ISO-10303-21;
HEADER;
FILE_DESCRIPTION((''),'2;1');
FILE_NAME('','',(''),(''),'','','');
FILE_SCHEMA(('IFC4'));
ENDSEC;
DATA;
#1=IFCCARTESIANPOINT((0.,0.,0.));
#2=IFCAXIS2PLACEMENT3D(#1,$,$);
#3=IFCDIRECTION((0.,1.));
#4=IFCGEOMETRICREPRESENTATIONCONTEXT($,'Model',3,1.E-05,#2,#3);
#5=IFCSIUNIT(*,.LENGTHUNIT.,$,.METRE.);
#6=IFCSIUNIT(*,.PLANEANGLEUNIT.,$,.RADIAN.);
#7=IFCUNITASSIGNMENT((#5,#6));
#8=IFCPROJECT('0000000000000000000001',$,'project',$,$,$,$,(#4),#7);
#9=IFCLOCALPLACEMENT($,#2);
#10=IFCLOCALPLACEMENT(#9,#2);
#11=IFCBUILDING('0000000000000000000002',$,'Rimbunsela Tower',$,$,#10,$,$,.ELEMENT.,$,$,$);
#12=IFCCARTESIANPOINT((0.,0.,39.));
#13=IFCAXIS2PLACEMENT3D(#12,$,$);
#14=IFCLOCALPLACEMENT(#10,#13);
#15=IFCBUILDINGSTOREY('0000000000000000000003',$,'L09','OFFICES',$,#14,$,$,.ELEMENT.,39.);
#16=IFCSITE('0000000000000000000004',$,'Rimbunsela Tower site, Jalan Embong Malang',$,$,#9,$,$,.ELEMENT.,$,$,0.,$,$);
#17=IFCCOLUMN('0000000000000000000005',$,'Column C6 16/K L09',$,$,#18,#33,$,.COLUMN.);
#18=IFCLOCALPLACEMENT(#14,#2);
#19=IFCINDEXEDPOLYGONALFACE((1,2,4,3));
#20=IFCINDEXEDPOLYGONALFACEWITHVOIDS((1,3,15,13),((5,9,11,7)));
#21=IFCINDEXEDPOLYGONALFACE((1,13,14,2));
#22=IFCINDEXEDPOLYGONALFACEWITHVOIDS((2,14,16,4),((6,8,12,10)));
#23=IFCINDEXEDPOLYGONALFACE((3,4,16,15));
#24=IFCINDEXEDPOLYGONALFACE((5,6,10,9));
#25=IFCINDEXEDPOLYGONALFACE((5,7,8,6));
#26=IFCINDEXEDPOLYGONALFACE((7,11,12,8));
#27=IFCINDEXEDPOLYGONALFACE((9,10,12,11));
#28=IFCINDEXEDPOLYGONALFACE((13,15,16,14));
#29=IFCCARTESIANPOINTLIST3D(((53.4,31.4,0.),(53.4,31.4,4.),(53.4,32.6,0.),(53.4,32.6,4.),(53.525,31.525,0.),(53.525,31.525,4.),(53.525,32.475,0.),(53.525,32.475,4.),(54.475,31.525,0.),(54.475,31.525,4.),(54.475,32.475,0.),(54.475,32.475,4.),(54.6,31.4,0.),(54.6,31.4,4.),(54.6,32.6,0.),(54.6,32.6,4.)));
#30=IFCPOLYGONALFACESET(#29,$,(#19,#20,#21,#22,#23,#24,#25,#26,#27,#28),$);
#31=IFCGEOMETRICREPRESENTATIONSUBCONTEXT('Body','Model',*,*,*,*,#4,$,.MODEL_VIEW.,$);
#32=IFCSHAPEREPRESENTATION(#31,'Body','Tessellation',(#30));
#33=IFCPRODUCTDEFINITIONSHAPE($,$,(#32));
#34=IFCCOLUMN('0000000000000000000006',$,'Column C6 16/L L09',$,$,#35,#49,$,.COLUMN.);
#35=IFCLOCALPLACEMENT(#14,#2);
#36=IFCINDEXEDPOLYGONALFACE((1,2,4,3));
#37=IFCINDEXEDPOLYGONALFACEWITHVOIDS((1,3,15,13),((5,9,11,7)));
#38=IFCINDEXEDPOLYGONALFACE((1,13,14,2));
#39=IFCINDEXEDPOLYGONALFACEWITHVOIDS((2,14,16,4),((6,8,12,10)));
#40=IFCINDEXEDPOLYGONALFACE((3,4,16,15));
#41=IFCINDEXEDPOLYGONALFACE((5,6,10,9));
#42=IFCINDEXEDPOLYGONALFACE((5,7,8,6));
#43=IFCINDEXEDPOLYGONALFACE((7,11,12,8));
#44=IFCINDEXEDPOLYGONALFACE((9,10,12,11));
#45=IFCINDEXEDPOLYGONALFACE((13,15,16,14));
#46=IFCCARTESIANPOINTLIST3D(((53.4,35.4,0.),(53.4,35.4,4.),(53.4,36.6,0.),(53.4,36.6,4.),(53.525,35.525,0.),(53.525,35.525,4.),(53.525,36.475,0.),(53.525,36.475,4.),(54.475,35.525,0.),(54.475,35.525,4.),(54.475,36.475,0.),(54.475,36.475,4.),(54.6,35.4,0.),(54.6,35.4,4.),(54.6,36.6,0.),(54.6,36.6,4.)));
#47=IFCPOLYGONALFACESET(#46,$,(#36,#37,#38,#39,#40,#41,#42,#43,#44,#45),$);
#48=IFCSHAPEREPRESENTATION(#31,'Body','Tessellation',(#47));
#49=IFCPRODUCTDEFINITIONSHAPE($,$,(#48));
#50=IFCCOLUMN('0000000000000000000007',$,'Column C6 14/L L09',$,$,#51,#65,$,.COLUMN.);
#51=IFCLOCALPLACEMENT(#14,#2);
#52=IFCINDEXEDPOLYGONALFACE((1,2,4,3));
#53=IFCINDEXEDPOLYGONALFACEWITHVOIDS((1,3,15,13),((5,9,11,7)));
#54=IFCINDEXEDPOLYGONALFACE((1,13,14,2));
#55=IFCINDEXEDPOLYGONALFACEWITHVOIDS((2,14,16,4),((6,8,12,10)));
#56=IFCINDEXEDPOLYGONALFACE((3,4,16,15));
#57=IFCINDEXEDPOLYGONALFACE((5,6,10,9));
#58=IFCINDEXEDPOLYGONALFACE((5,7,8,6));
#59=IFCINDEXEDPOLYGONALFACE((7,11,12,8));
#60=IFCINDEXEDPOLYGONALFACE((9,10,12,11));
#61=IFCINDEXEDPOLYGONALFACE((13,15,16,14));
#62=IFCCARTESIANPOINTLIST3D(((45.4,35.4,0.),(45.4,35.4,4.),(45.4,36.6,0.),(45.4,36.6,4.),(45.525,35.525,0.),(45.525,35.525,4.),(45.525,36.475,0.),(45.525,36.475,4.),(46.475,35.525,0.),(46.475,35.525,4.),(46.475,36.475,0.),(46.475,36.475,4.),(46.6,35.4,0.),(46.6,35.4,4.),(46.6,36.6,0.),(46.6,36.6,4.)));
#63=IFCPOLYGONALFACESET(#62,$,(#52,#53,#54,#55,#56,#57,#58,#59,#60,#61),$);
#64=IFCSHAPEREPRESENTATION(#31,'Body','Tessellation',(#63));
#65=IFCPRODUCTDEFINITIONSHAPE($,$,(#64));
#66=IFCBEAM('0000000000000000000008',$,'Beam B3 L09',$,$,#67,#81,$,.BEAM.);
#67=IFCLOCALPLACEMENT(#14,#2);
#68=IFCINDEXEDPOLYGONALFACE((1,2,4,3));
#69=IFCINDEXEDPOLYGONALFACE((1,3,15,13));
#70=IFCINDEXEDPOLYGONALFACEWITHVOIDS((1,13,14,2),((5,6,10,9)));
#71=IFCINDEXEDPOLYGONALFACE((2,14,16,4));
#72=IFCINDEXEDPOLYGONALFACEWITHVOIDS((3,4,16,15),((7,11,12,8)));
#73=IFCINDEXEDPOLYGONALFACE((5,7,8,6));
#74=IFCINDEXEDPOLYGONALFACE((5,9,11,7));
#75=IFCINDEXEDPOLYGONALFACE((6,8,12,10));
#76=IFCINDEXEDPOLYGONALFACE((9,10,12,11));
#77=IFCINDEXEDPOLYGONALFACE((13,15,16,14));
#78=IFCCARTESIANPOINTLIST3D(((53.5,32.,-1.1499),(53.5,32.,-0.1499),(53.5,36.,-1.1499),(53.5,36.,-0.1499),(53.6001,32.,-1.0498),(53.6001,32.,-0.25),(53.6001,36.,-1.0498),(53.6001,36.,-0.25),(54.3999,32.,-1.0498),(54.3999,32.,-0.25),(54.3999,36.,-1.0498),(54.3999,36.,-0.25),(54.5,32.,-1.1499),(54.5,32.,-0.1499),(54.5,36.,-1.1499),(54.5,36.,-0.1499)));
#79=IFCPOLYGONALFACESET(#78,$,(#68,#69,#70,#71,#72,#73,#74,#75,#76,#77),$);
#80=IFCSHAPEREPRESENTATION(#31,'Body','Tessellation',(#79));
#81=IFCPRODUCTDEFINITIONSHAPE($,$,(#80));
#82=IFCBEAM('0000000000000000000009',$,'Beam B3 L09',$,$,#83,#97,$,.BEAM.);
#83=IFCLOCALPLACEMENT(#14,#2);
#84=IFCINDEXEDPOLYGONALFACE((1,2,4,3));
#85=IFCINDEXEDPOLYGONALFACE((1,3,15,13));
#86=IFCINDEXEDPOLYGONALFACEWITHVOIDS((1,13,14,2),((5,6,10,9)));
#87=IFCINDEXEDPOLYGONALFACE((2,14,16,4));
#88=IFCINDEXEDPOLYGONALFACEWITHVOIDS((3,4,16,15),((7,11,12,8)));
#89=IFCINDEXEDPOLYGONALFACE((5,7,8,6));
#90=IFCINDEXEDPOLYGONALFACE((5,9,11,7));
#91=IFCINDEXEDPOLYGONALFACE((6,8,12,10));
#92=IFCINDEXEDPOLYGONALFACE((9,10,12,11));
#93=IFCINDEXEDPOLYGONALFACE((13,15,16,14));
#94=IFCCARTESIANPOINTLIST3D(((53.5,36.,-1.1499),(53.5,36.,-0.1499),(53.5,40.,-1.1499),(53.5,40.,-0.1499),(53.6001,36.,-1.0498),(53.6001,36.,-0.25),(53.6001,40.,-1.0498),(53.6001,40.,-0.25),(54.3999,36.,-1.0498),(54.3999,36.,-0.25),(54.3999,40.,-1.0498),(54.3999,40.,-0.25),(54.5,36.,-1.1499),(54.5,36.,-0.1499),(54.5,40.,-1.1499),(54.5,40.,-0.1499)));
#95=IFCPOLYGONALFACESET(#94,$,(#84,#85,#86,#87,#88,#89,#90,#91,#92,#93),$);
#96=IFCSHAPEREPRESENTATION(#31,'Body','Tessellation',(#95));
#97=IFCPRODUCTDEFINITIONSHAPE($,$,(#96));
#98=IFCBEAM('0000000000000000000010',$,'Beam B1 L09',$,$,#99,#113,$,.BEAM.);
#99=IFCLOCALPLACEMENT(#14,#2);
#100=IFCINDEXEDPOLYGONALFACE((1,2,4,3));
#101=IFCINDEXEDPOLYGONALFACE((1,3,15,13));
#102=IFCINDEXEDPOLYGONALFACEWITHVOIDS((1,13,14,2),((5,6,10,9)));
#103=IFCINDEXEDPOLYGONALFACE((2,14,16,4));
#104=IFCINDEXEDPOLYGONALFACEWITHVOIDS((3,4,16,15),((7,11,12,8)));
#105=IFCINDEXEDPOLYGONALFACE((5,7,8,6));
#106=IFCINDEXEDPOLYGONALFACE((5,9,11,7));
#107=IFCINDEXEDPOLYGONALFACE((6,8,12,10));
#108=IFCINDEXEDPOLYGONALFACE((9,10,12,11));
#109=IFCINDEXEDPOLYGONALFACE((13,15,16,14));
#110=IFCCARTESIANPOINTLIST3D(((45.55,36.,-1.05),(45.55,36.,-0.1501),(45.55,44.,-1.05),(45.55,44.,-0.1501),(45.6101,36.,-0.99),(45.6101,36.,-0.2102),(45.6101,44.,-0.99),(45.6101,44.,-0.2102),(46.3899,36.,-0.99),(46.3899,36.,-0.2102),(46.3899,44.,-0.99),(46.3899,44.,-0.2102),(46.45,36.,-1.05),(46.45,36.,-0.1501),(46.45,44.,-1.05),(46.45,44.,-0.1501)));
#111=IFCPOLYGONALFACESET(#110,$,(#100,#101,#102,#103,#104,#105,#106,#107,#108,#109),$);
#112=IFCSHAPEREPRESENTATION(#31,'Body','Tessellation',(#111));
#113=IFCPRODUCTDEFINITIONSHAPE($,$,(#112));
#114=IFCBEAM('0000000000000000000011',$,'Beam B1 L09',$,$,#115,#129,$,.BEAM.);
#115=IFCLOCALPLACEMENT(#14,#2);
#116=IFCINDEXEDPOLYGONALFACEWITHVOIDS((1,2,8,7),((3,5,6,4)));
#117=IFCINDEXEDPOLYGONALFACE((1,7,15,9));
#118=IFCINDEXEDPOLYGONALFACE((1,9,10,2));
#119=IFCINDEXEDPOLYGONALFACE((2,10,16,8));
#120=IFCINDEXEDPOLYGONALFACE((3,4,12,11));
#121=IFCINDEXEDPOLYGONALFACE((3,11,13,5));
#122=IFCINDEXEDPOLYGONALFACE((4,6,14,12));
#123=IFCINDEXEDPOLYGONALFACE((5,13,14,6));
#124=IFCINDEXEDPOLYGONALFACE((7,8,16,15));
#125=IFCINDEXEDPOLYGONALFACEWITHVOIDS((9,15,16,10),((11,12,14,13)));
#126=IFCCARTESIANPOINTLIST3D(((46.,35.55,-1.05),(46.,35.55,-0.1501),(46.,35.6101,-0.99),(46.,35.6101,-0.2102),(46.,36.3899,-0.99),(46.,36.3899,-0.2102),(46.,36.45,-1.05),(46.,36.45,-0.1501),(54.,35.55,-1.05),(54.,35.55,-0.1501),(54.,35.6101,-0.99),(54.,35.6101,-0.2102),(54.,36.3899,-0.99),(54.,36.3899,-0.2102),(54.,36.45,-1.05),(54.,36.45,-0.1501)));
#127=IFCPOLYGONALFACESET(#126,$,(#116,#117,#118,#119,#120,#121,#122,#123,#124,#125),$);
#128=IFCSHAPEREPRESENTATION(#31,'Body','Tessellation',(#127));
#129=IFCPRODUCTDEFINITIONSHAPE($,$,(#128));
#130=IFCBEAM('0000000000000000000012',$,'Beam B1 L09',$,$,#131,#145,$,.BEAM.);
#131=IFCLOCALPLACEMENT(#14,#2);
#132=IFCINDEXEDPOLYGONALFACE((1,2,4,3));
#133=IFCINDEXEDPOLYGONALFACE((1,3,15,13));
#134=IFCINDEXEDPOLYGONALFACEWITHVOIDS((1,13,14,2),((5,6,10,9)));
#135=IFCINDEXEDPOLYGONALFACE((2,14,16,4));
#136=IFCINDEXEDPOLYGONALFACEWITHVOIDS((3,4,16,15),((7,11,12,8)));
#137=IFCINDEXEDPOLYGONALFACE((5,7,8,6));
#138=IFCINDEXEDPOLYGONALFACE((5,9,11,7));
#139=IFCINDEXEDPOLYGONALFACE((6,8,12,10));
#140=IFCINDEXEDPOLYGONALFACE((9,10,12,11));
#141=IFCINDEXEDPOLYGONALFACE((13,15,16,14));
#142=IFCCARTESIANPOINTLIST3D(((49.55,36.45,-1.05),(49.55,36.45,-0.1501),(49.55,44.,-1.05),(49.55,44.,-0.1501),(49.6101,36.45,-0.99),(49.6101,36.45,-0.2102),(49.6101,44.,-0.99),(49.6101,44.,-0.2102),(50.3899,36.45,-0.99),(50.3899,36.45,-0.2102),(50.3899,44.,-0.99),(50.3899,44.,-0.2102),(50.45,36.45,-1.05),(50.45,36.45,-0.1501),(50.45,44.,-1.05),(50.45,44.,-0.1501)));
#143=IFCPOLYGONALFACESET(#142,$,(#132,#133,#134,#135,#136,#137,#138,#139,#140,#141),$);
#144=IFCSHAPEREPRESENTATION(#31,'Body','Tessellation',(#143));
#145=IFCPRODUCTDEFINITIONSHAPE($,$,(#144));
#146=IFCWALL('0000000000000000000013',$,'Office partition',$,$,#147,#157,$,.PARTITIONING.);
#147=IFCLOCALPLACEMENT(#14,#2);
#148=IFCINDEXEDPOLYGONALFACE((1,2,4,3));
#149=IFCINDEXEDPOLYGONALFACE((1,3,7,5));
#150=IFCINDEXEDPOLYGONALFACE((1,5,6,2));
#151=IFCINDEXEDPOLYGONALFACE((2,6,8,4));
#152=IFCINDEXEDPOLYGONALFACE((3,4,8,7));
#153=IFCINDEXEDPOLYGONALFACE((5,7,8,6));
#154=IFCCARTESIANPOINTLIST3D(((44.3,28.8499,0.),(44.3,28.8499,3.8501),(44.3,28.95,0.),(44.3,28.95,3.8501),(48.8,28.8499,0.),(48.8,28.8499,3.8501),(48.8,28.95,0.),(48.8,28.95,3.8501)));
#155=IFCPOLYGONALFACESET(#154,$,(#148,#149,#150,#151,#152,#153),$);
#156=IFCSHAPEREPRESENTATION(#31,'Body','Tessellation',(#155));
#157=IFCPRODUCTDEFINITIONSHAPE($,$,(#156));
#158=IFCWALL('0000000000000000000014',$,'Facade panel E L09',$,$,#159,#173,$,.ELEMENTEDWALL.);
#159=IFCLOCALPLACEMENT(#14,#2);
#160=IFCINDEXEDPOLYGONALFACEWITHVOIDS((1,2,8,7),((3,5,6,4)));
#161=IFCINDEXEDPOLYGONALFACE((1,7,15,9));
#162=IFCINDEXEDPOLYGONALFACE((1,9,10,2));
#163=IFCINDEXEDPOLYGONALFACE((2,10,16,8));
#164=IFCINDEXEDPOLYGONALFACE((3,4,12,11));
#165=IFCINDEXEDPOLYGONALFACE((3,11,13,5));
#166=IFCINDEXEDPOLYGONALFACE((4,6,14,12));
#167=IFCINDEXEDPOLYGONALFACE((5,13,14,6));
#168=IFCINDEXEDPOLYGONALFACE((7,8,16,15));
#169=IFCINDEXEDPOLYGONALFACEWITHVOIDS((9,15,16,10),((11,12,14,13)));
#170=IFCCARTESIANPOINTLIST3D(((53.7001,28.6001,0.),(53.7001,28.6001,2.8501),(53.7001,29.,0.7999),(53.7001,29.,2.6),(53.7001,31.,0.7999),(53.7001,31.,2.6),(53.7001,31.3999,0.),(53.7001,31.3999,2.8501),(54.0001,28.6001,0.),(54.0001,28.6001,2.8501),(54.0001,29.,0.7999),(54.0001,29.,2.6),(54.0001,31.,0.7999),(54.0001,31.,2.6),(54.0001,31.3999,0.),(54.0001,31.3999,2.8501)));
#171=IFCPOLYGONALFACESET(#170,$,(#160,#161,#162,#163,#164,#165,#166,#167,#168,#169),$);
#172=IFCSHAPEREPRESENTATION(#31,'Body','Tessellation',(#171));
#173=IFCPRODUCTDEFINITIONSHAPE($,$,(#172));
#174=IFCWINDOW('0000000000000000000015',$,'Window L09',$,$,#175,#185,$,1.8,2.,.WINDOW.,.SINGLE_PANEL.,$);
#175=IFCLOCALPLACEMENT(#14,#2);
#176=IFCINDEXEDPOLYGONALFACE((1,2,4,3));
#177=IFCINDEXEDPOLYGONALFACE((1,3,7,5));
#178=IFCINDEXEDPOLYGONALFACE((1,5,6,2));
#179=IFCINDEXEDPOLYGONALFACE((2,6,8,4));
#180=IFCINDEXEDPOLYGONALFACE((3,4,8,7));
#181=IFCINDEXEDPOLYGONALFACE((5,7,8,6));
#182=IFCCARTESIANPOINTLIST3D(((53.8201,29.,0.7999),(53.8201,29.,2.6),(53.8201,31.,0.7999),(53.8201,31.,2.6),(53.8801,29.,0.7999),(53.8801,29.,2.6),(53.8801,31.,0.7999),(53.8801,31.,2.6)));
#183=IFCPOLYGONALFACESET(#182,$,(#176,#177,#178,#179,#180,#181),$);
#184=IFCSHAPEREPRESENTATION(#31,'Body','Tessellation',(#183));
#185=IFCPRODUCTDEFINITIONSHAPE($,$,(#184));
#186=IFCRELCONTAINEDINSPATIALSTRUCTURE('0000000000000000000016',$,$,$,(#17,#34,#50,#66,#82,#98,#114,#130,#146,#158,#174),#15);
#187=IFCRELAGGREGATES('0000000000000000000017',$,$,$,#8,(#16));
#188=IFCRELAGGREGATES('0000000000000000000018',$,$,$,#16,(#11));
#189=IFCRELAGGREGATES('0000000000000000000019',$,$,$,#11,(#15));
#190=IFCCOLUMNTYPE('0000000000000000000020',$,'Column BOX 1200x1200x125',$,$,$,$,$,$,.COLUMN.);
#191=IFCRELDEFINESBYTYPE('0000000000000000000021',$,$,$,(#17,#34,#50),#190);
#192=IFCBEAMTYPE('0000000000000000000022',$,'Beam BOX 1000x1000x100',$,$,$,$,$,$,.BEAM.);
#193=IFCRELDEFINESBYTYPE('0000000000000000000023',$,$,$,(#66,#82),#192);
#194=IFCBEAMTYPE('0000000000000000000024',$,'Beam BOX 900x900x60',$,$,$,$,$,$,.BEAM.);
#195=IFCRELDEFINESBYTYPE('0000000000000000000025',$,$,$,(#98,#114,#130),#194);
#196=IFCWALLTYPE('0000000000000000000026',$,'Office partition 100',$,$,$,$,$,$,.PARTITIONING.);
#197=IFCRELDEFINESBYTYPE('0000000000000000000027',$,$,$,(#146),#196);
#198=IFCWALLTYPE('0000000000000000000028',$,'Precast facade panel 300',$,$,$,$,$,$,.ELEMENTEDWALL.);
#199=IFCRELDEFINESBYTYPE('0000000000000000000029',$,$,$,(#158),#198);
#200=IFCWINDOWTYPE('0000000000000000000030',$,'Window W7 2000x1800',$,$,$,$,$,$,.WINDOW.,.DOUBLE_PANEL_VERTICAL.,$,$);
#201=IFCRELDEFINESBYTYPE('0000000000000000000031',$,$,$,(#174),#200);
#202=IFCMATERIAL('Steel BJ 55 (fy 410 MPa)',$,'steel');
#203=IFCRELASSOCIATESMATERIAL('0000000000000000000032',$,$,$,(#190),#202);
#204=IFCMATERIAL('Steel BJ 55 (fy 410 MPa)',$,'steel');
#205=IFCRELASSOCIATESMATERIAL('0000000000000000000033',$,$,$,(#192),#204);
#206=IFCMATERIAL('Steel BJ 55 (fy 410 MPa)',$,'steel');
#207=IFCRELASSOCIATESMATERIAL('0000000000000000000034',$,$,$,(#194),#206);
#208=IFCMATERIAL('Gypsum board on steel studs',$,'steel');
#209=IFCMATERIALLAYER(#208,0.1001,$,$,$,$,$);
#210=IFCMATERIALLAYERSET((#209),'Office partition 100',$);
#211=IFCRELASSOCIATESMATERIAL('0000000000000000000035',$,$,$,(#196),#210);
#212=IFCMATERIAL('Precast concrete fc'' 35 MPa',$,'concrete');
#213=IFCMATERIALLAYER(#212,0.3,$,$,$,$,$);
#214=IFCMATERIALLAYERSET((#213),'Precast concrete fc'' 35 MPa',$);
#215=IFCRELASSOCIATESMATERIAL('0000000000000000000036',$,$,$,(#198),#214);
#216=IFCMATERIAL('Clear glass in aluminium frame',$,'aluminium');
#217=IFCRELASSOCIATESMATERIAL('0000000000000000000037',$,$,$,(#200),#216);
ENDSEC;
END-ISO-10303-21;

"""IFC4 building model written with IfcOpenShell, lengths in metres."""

from ifc_helpers import new_model, si_unit, direction, frame, frame_2d, origin, origin_2d, place, context, subcontext, project, spatial, rectangle, hollow_rectangle, extrude, material, layer, layer_set, material_profile, profile_set, type_object, element, fill, save


model = new_model("IFC4")

# Units and contexts
model_context = context("Model", 3, precision=1e-05, world=origin(), true_north=direction((0.0, 1.0)))
body_context = subcontext(model_context, "Body", "Model", "MODEL_VIEW")
ifc_project = project(units=[si_unit("LENGTHUNIT", "METRE"), si_unit("PLANEANGLEUNIT", "RADIAN")], contexts=[model_context])

# Site, building, storey
site_placement = place(None, origin())
site = spatial("IfcSite", under=ifc_project, at=site_placement, Name="Rimbunsela Tower site, Jalan Embong Malang", CompositionType="ELEMENT", RefElevation=0.0)
building_placement = place(site_placement, origin())
building = spatial("IfcBuilding", under=site, at=building_placement, Name="Rimbunsela Tower", CompositionType="ELEMENT")
storey_placement = place(building_placement, frame((0.0, 0.0, 39.0)))
storey = spatial("IfcBuildingStorey", under=building, at=storey_placement, Name="L09", Description="OFFICES", CompositionType="ELEMENT", Elevation=39.0)

# Columns
ifc_material_1 = material(Name="Steel BJ 55 (fy 410 MPa)", Category="steel")
ifc_material_profile_1 = material_profile(ifc_material_1, hollow_rectangle(XDim=1.2, YDim=1.2, WallThickness=0.125, at=origin_2d()), Name="BOX 1200x1200x125")
ifc_profile_set_1 = profile_set([ifc_material_profile_1], Name="Steel BJ 55 (fy 410 MPa)")
column_type = type_object("IfcColumnType", Name="Column BOX 1200x1200x125", PredefinedType="COLUMN", material=ifc_profile_set_1)
for number, where, z_axis, x_axis, name in (
    (1, (54.0, 32.0, 0.0), (0.0, 0.0, 1.0), (1.0, 0.0, 0.0), "Column C6 16/K L09"),
    (2, (54.0, 36.0, 0.0), (0.0, 0.0, 1.0), (1.0, 0.0, 0.0), "Column C6 16/L L09"),
    (3, (46.0, 36.0, 0.0), (0.0, 0.0, 1.0), (1.0, 0.0, 0.0), "Column C6 14/L L09"),
):
    element("IfcColumn", number, at=place(storey_placement, frame(where, z_axis=z_axis, x_axis=x_axis)), inside=storey, type_object=column_type, Name=name, PredefinedType="COLUMN", context=body_context, shape_type="SweptSolid", body=[
        extrude(hollow_rectangle(XDim=1.2, YDim=1.2, WallThickness=0.125, at=origin_2d()), origin(), (0.0, 0.0, 1.0), 4.0),
    ])

# Beams
ifc_material_2 = material(Name="Steel BJ 55 (fy 410 MPa)", Category="steel")
ifc_material_profile_2 = material_profile(ifc_material_2, hollow_rectangle(XDim=1.0, YDim=1.0, WallThickness=0.1001, at=origin_2d()), Name="BOX 1000x1000x100")
ifc_profile_set_2 = profile_set([ifc_material_profile_2], Name="Steel BJ 55 (fy 410 MPa)")
beam_type_1 = type_object("IfcBeamType", Name="Beam BOX 1000x1000x100", PredefinedType="BEAM", material=ifc_profile_set_2)
for number, where, z_axis, x_axis, name in (
    (4, (54.0, 32.0, -0.6499), (0.0, 1.0, 0.0), (-1.0, 0.0, 0.0), "Beam B3 L09"),
    (5, (54.0, 36.0, -0.6499), (0.0, 1.0, 0.0), (-1.0, 0.0, 0.0), "Beam B3 L09"),
):
    element("IfcBeam", number, at=place(storey_placement, frame(where, z_axis=z_axis, x_axis=x_axis)), inside=storey, type_object=beam_type_1, Name=name, PredefinedType="BEAM", context=body_context, shape_type="SweptSolid", body=[
        extrude(hollow_rectangle(XDim=1.0, YDim=1.0, WallThickness=0.1001, at=origin_2d()), origin(), (0.0, 0.0, 1.0), 4.0),
    ])
ifc_material_3 = material(Name="Steel BJ 55 (fy 410 MPa)", Category="steel")
ifc_material_profile_3 = material_profile(ifc_material_3, hollow_rectangle(XDim=0.8999, YDim=0.8999, WallThickness=0.0601, at=origin_2d()), Name="BOX 900x900x60")
ifc_profile_set_3 = profile_set([ifc_material_profile_3], Name="Steel BJ 55 (fy 410 MPa)")
beam_type_2 = type_object("IfcBeamType", Name="Beam BOX 900x900x60", PredefinedType="BEAM", material=ifc_profile_set_3)
for number, where, z_axis, x_axis, name in (
    (6, (46.0, 36.0, -0.6001), (0.0, 1.0, 0.0), (-1.0, 0.0, 0.0), "Beam B1 L09"),
    (7, (46.0, 36.0, -0.6001), (1.0, 0.0, 0.0), (0.0, 1.0, 0.0), "Beam B1 L09"),
):
    element("IfcBeam", number, at=place(storey_placement, frame(where, z_axis=z_axis, x_axis=x_axis)), inside=storey, type_object=beam_type_2, Name=name, PredefinedType="BEAM", context=body_context, shape_type="SweptSolid", body=[
        extrude(hollow_rectangle(XDim=0.8999, YDim=0.8999, WallThickness=0.0601, at=origin_2d()), origin(), (0.0, 0.0, 1.0), 8.0),
    ])
beam_placement = place(storey_placement, frame((50.0, 36.45, -0.6001), z_axis=(0.0, 1.0, 0.0), x_axis=(-1.0, 0.0, 0.0)))
element("IfcBeam", 8, at=beam_placement, inside=storey, type_object=beam_type_2, Name="Beam B1 L09", PredefinedType="BEAM", context=body_context, shape_type="SweptSolid", body=[
    extrude(hollow_rectangle(XDim=0.8999, YDim=0.8999, WallThickness=0.0601, at=origin_2d()), origin(), (0.0, 0.0, 1.0), 7.55),
])

# Wall
ifc_material_4 = material(Name="Gypsum board on steel studs", Category="steel")
ifc_layer_1 = layer(ifc_material_4, 0.1001)
ifc_layer_set_1 = layer_set([ifc_layer_1], Name="Office partition 100")
wall_type_1 = type_object("IfcWallType", Name="Office partition 100", PredefinedType="PARTITIONING", material=ifc_layer_set_1)
wall_1_placement = place(storey_placement, frame((48.8, 28.8999, 0.0), z_axis=(0.0, 0.0, 1.0), x_axis=(-1.0, 0.0, 0.0)))
element("IfcWall", 9, at=wall_1_placement, inside=storey, type_object=wall_type_1, Name="Office partition", PredefinedType="PARTITIONING", context=body_context, shape_type="SweptSolid", body=[
    extrude(rectangle(XDim=4.5, YDim=0.1001, at=frame_2d((2.25, 0.0))), origin(), (0.0, 0.0, 1.0), 3.8501),
])

# Wall, opening, window
ifc_material_5 = material(Name="Precast concrete fc' 35 MPa", Category="concrete")
ifc_layer_2 = layer(ifc_material_5, 0.3)
ifc_layer_set_2 = layer_set([ifc_layer_2], Name="Precast concrete fc' 35 MPa")
wall_type_2 = type_object("IfcWallType", Name="Precast facade panel 300", PredefinedType="ELEMENTEDWALL", material=ifc_layer_set_2)
wall_2_placement = place(storey_placement, frame((53.8501, 28.6001, 0.0), z_axis=(0.0, 0.0, 1.0), x_axis=(0.0, 1.0, 0.0)))
wall_2 = element("IfcWall", 10, at=wall_2_placement, inside=storey, type_object=wall_type_2, Name="Facade panel E L09", PredefinedType="ELEMENTEDWALL", context=body_context, shape_type="SweptSolid", body=[
    extrude(rectangle(XDim=2.7998, YDim=0.3, at=frame_2d((1.3999, 0.0))), origin(), (0.0, 0.0, 1.0), 2.8501),
])
opening_1_placement = place(wall_2_placement, frame((0.3999, 0.0, 0.8)))
opening_1 = element("IfcOpeningElement", 11, at=opening_1_placement, cuts=wall_2, PredefinedType="OPENING", context=body_context, shape_type="SweptSolid", body=[
    extrude(rectangle(XDim=2.0, YDim=1.8, at=frame_2d((1.0, 0.8999))), frame((0.0, 0.1599, 0.0), z_axis=(0.0, -1.0, 0.0), x_axis=(1.0, 0.0, 0.0)), (0.0, 0.0, 1.0), 0.3201),
])
ifc_material_6 = material(Name="Clear glass in aluminium frame", Category="aluminium")
window_type = type_object("IfcWindowType", Name="Window W7 2000x1800", PartitioningType="DOUBLE_PANEL_VERTICAL", PredefinedType="WINDOW", material=ifc_material_6)
window_1_placement = place(opening_1_placement, origin())
window_1 = element("IfcWindow", 12, at=window_1_placement, inside=storey, type_object=window_type, Name="Window L09", OverallHeight=1.8, OverallWidth=2.0, PartitioningType="SINGLE_PANEL", PredefinedType="WINDOW", context=body_context, shape_type="SweptSolid", body=[
    extrude(rectangle(XDim=2.0, YDim=1.8, at=frame_2d((1.0, 0.8999))), frame((0.0, 0.03, 0.0), z_axis=(0.0, -1.0, 0.0), x_axis=(1.0, 0.0, 0.0)), (0.0, 0.0, 1.0), 0.0601),
])
fill(opening_1, window_1)

save(model, "model.ifc")
